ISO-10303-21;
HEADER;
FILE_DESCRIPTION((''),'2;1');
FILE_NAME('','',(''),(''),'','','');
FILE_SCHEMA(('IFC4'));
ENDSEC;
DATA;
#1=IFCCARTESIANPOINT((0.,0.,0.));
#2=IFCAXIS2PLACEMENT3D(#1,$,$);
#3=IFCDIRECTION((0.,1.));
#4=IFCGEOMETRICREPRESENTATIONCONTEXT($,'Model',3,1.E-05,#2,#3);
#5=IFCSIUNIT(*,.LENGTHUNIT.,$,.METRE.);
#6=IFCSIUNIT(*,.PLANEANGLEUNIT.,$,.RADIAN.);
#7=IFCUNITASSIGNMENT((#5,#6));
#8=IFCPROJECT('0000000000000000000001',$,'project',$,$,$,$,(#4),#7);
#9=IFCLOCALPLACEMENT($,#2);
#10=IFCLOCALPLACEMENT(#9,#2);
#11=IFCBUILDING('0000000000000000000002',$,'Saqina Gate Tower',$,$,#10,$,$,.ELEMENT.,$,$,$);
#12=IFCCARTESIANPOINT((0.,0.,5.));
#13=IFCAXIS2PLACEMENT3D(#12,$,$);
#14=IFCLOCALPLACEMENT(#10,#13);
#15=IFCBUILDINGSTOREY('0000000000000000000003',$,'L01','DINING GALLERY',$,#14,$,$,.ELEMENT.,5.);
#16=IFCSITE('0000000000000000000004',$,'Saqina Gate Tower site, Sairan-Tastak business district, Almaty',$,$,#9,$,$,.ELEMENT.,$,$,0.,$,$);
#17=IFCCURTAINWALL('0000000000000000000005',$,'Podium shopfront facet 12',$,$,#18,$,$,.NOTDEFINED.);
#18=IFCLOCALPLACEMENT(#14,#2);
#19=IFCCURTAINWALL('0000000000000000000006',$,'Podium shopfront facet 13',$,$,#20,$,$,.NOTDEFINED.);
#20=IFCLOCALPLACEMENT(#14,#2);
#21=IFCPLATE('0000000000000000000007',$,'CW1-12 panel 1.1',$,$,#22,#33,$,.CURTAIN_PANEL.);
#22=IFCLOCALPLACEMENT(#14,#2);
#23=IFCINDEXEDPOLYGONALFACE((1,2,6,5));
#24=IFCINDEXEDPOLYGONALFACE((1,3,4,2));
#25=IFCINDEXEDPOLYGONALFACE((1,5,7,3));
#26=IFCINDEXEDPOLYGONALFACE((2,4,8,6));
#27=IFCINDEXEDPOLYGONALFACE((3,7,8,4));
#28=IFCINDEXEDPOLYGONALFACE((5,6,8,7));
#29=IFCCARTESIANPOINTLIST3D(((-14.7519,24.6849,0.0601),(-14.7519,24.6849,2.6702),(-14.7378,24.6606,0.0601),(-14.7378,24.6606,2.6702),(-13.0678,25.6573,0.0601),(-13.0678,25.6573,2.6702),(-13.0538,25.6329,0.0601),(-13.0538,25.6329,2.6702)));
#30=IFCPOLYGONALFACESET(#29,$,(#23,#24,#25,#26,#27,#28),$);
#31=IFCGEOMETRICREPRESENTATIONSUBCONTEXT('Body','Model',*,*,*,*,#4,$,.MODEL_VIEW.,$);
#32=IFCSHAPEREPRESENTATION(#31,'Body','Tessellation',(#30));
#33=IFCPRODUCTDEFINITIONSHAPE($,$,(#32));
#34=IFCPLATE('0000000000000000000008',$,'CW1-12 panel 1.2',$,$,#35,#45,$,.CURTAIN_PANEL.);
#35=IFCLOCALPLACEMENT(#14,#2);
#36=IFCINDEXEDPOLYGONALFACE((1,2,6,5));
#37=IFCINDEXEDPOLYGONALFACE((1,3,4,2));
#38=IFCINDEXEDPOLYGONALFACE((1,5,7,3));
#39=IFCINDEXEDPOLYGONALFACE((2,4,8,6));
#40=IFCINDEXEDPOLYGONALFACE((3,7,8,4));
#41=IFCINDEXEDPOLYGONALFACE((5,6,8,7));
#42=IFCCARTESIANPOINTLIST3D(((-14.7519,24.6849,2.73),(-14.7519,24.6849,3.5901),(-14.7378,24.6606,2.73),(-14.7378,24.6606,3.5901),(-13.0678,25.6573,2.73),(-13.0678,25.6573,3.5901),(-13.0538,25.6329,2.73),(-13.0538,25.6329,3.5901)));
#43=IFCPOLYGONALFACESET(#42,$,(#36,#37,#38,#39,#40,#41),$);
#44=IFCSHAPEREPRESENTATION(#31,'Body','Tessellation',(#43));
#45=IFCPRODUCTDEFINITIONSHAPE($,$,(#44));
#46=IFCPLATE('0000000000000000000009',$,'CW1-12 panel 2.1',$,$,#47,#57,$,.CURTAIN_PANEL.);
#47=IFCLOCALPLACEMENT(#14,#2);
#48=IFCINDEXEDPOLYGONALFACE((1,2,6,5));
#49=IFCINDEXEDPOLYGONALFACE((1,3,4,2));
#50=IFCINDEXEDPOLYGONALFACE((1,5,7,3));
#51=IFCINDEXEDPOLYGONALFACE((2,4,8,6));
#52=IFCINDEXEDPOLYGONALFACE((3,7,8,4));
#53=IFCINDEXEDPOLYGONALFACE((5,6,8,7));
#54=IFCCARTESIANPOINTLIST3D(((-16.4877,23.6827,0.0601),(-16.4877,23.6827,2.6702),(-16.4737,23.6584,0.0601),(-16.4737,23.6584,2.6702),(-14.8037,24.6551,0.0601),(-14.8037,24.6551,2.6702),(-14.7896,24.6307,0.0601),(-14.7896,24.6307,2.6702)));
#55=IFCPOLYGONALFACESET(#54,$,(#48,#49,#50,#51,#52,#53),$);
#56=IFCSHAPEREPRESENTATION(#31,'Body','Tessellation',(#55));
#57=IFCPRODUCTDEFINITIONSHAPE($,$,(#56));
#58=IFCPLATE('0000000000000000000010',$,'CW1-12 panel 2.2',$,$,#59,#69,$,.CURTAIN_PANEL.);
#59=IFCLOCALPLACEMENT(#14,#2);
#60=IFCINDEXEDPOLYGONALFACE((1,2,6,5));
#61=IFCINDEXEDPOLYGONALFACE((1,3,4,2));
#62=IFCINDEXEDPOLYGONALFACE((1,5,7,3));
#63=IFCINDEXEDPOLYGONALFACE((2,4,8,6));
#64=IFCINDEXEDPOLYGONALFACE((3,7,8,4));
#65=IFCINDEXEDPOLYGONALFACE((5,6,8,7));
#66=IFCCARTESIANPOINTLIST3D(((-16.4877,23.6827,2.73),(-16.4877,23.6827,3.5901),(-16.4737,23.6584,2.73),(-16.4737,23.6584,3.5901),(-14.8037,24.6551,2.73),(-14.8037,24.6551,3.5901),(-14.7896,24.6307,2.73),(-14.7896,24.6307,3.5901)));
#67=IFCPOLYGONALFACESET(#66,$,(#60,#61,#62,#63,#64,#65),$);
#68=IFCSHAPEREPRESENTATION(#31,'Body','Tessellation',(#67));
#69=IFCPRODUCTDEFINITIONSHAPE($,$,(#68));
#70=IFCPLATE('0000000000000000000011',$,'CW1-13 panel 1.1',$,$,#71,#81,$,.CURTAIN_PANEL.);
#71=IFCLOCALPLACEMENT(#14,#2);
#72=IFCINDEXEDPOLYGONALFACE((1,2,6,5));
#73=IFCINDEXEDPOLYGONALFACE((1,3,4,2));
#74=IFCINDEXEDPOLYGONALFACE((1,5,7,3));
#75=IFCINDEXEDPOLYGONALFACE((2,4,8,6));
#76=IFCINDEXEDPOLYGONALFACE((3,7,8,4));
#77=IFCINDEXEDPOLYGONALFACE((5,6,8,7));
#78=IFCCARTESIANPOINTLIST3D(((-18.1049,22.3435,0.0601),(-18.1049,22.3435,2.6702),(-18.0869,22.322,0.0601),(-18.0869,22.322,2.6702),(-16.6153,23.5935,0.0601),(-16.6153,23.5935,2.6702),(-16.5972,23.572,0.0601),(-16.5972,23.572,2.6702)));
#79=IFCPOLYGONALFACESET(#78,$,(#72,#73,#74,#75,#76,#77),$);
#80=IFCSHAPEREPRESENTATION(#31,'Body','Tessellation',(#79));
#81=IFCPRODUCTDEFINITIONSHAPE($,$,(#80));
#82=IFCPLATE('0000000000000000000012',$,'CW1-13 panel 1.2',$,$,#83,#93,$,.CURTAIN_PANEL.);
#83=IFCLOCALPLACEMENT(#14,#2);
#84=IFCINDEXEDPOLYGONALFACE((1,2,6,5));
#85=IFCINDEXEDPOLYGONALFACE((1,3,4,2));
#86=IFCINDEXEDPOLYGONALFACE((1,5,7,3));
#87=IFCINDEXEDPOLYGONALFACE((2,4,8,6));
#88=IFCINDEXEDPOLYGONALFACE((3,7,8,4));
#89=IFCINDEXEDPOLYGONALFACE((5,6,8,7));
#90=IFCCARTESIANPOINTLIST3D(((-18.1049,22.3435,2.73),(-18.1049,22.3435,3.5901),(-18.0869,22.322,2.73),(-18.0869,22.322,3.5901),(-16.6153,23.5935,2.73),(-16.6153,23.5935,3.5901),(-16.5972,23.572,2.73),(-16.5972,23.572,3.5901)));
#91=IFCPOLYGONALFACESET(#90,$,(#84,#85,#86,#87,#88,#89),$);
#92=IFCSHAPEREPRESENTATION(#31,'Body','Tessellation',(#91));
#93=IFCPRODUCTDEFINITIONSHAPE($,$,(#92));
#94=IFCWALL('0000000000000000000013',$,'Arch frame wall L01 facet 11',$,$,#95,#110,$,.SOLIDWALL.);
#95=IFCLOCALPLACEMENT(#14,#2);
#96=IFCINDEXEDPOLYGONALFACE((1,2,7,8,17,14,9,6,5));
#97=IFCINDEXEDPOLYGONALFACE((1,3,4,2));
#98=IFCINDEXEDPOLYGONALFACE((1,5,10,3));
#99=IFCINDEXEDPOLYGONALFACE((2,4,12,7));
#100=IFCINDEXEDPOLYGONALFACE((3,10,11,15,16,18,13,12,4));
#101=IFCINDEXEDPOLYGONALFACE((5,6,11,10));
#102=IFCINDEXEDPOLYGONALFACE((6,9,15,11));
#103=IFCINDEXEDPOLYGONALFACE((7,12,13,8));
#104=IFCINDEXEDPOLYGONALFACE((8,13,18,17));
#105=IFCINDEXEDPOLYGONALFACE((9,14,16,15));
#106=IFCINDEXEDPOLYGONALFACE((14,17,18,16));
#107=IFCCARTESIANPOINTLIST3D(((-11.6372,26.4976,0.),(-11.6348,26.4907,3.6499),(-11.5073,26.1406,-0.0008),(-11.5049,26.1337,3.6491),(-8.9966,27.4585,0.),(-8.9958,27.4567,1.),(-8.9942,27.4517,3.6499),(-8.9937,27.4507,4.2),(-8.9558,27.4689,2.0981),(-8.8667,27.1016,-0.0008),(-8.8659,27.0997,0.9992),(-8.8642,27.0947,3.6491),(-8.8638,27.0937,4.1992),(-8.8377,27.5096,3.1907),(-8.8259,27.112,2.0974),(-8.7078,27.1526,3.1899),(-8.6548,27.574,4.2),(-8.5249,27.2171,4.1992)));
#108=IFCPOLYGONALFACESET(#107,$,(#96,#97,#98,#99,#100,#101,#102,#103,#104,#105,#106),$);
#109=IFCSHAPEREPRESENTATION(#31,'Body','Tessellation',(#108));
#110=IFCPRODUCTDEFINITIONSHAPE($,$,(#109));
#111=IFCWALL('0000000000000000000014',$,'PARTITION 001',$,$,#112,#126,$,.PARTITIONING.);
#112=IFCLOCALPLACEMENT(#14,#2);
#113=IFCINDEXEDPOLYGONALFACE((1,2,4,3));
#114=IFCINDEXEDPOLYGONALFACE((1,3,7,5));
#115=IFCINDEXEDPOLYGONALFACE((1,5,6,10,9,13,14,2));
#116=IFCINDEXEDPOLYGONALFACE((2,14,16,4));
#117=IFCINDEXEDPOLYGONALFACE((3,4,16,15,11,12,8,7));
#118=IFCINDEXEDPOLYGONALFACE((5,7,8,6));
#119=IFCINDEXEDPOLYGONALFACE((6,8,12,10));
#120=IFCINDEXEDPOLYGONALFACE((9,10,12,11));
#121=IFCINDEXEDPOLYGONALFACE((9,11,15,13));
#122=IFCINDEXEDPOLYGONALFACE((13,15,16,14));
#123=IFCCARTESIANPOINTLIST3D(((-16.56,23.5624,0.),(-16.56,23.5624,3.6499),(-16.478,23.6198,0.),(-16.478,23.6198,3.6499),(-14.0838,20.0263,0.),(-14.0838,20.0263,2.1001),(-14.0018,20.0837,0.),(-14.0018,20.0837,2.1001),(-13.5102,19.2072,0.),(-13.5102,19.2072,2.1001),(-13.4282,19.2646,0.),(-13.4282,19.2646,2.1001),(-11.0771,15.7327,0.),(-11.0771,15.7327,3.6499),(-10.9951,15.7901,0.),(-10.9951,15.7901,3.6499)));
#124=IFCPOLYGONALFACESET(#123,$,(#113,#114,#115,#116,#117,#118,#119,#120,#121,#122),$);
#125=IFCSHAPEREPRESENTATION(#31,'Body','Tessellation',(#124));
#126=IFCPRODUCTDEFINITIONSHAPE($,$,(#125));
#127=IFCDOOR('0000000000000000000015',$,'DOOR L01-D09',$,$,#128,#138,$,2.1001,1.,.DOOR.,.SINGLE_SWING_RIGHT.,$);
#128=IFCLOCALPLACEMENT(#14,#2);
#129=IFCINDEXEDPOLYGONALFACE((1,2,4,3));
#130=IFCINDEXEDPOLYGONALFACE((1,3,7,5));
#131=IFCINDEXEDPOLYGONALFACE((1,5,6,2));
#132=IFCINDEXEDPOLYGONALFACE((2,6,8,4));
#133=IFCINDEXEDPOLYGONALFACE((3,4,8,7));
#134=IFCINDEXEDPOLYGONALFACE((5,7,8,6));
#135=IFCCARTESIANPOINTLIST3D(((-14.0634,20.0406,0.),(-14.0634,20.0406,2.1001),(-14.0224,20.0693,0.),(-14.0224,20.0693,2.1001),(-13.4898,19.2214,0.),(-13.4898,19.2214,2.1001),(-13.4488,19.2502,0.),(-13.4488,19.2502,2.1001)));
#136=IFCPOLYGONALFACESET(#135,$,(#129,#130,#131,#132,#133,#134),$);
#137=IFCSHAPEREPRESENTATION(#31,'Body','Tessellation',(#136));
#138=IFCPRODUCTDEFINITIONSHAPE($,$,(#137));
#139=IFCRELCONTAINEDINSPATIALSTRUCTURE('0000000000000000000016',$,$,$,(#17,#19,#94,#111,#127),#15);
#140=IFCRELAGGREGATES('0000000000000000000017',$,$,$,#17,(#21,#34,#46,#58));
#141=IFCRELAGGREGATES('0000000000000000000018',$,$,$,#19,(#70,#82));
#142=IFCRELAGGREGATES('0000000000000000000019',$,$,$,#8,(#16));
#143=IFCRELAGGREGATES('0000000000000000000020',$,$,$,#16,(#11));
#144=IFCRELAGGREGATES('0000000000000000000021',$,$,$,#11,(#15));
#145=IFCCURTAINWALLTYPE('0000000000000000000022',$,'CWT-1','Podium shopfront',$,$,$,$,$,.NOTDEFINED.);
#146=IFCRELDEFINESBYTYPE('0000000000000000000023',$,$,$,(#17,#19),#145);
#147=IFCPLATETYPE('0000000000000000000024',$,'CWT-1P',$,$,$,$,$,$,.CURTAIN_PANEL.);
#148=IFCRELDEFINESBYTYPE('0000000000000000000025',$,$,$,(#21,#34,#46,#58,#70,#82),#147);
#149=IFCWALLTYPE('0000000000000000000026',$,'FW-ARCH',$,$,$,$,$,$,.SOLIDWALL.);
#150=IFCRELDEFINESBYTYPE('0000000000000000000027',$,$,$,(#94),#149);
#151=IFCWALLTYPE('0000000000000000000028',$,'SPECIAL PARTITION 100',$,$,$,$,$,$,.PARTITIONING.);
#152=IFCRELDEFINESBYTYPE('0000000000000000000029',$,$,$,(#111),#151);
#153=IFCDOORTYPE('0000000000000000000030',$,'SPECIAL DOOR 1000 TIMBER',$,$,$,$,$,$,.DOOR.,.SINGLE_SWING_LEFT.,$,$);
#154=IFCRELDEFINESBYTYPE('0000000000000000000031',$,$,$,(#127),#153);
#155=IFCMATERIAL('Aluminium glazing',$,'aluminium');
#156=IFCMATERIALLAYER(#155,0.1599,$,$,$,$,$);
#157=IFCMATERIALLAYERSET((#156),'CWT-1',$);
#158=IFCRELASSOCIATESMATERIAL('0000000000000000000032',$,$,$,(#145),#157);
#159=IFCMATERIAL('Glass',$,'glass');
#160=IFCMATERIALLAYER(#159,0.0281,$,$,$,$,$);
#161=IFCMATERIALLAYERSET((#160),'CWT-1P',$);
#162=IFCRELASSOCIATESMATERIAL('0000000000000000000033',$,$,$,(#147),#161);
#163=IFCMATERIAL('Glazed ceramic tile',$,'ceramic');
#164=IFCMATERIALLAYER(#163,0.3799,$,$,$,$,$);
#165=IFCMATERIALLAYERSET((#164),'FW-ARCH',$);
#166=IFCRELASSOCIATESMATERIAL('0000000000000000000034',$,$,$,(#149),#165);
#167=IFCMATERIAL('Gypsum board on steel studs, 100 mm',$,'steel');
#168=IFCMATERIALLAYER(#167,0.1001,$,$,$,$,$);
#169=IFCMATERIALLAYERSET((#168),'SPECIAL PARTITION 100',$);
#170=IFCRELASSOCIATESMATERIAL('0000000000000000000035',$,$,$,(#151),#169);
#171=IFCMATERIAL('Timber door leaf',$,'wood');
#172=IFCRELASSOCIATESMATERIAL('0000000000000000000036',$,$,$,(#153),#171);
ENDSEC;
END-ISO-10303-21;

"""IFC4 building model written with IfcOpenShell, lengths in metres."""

from ifc_helpers import new_model, si_unit, direction, frame, frame_2d, origin, origin_2d, place, context, subcontext, project, spatial, polyline, rectangle, outline, extrude, material, layer, layer_set, type_object, element, fill, aggregate, save


model = new_model("IFC4")

# Units and contexts
model_context = context("Model", 3, precision=1e-05, world=origin(), true_north=direction((0.0, 1.0)))
body_context = subcontext(model_context, "Body", "Model", "MODEL_VIEW")
ifc_project = project(units=[si_unit("LENGTHUNIT", "METRE"), si_unit("PLANEANGLEUNIT", "RADIAN")], contexts=[model_context])

# Site, building, storey
site_placement = place(None, origin())
site = spatial("IfcSite", under=ifc_project, at=site_placement, Name="Saqina Gate Tower site, Sairan-Tastak business district, Almaty", CompositionType="ELEMENT", RefElevation=0.0)
building_placement = place(site_placement, origin())
building = spatial("IfcBuilding", under=site, at=building_placement, Name="Saqina Gate Tower", CompositionType="ELEMENT")
storey_placement = place(building_placement, frame((0.0, 0.0, 5.0)))
storey = spatial("IfcBuildingStorey", under=building, at=storey_placement, Name="L01", Description="DINING GALLERY", CompositionType="ELEMENT", Elevation=5.0)

# Curtain wall
ifc_material_1 = material(Name="Aluminium glazing", Category="aluminium")
ifc_layer_1 = layer(ifc_material_1, 0.1599)
ifc_layer_set_1 = layer_set([ifc_layer_1], Name="CWT-1")
curtain_wall_type = type_object("IfcCurtainWallType", Name="CWT-1", Description="Podium shopfront", PredefinedType="NOTDEFINED", material=ifc_layer_set_1)
curtain_wall_1_placement = place(storey_placement, origin())
curtain_wall_1 = element("IfcCurtainWall", 1, at=curtain_wall_1_placement, inside=storey, type_object=curtain_wall_type, Name="Podium shopfront facet 12", PredefinedType="NOTDEFINED")

# Curtain wall
curtain_wall_2_placement = place(storey_placement, origin())
curtain_wall_2 = element("IfcCurtainWall", 2, at=curtain_wall_2_placement, inside=storey, type_object=curtain_wall_type, Name="Podium shopfront facet 13", PredefinedType="NOTDEFINED")

# Plates
ifc_material_2 = material(Name="Glass", Category="glass")
ifc_layer_2 = layer(ifc_material_2, 0.0281)
ifc_layer_set_2 = layer_set([ifc_layer_2], Name="CWT-1P")
plate_type = type_object("IfcPlateType", Name="CWT-1P", PredefinedType="CURTAIN_PANEL", material=ifc_layer_set_2)
plate_1_placement = place(storey_placement, frame((-13.9028, 25.1589, 0.0601), z_axis=(0.0, 0.0, 1.0), x_axis=(-0.866017, -0.500014, 0.0)))
plate_1 = element("IfcPlate", 3, at=plate_1_placement, type_object=plate_type, Name="CW1-12 panel 1.1", PredefinedType="CURTAIN_PANEL", context=body_context, shape_type="SweptSolid", body=[
    extrude(rectangle(XDim=1.9446, YDim=0.0281, at=origin_2d()), origin(), (0.0, 0.0, 1.0), 2.6101),
])
plate_2_placement = place(storey_placement, frame((-13.9028, 25.1589, 2.73), z_axis=(0.0, 0.0, 1.0), x_axis=(-0.866017, -0.500014, 0.0)))
plate_2 = element("IfcPlate", 4, at=plate_2_placement, type_object=plate_type, Name="CW1-12 panel 1.2", PredefinedType="CURTAIN_PANEL", context=body_context, shape_type="SweptSolid", body=[
    extrude(rectangle(XDim=1.9446, YDim=0.0281, at=origin_2d()), origin(), (0.0, 0.0, 1.0), 0.8601),
])
plate_3_placement = place(storey_placement, frame((-15.6387, 24.1567, 0.0601), z_axis=(0.0, 0.0, 1.0), x_axis=(-0.866017, -0.500014, 0.0)))
plate_3 = element("IfcPlate", 5, at=plate_3_placement, type_object=plate_type, Name="CW1-12 panel 2.1", PredefinedType="CURTAIN_PANEL", context=body_context, shape_type="SweptSolid", body=[
    extrude(rectangle(XDim=1.9446, YDim=0.0281, at=origin_2d()), origin(), (0.0, 0.0, 1.0), 2.6101),
])
plate_4_placement = place(storey_placement, frame((-15.6387, 24.1567, 2.73), z_axis=(0.0, 0.0, 1.0), x_axis=(-0.866017, -0.500014, 0.0)))
plate_4 = element("IfcPlate", 6, at=plate_4_placement, type_object=plate_type, Name="CW1-12 panel 2.2", PredefinedType="CURTAIN_PANEL", context=body_context, shape_type="SweptSolid", body=[
    extrude(rectangle(XDim=1.9446, YDim=0.0281, at=origin_2d()), origin(), (0.0, 0.0, 1.0), 0.8601),
])
aggregate(curtain_wall_1, [plate_1, plate_2, plate_3, plate_4])
plate_5_placement = place(storey_placement, frame((-17.3511, 22.9578, 0.0601), z_axis=(0.0, 0.0, 1.0), x_axis=(-0.766051, -0.642779, 0.0)))
plate_5 = element("IfcPlate", 7, at=plate_5_placement, type_object=plate_type, Name="CW1-13 panel 1.1", PredefinedType="CURTAIN_PANEL", context=body_context, shape_type="SweptSolid", body=[
    extrude(rectangle(XDim=1.9446, YDim=0.0281, at=origin_2d()), origin(), (0.0, 0.0, 1.0), 2.6101),
])
plate_6_placement = place(storey_placement, frame((-17.3511, 22.9578, 2.73), z_axis=(0.0, 0.0, 1.0), x_axis=(-0.766051, -0.642779, 0.0)))
plate_6 = element("IfcPlate", 8, at=plate_6_placement, type_object=plate_type, Name="CW1-13 panel 1.2", PredefinedType="CURTAIN_PANEL", context=body_context, shape_type="SweptSolid", body=[
    extrude(rectangle(XDim=1.9446, YDim=0.0281, at=origin_2d()), origin(), (0.0, 0.0, 1.0), 0.8601),
])
aggregate(curtain_wall_2, [plate_5, plate_6])

# Wall
ifc_material_3 = material(Name="Glazed ceramic tile", Category="ceramic")
ifc_layer_3 = layer(ifc_material_3, 0.3799)
ifc_layer_set_3 = layer_set([ifc_layer_3], Name="FW-ARCH")
wall_type_1 = type_object("IfcWallType", Name="FW-ARCH", PredefinedType="SOLIDWALL", material=ifc_layer_set_3)
wall_1_placement = place(storey_placement, frame((-11.6372, 26.4976, 0.0), z_axis=(-0.341981, 0.939705, 0.001989), x_axis=(0.939707, 0.341982, 0.0)))
element("IfcWall", 9, at=wall_1_placement, inside=storey, type_object=wall_type_1, Name="Arch frame wall L01 facet 11", PredefinedType="SOLIDWALL", context=body_context, shape_type="SweptSolid", body=[
    extrude(outline(polyline([(0.0, 0.0), (2.81, 0.0), (2.8101, -1.0), (2.8519, -2.0981), (2.9768, -3.1907), (3.1707, -4.2), (2.8101, -4.2), (2.81, -3.6499), (0.0, -3.6499), (0.0, 0.0)])), origin(), (0.0, 0.0, -1.0), 0.3799),
])

# Wall, opening, door
ifc_material_4 = material(Name="Gypsum board on steel studs, 100 mm", Category="steel")
ifc_layer_4 = layer(ifc_material_4, 0.1001)
ifc_layer_set_4 = layer_set([ifc_layer_4], Name="SPECIAL PARTITION 100")
wall_type_2 = type_object("IfcWallType", Name="SPECIAL PARTITION 100", PredefinedType="PARTITIONING", material=ifc_layer_set_4)
wall_2_placement = place(storey_placement, frame((-16.519, 23.5911, 0.0), z_axis=(0.0, 0.0, 1.0), x_axis=(0.573617, -0.819124, 0.0)))
wall_2 = element("IfcWall", 10, at=wall_2_placement, inside=storey, type_object=wall_type_2, Name="PARTITION 001", PredefinedType="PARTITIONING", context=body_context, shape_type="SweptSolid", body=[
    extrude(rectangle(XDim=9.5586, YDim=0.1001, at=frame_2d((4.7793, 0.0))), origin(), (0.0, 0.0, 1.0), 3.6499),
])
opening_placement = place(wall_2_placement, frame((4.3169, 0.0, 0.0)))
opening = element("IfcOpeningElement", 11, at=opening_placement, cuts=wall_2, PredefinedType="OPENING", context=body_context, shape_type="SweptSolid", body=[
    extrude(rectangle(XDim=1.0, YDim=2.1001, at=frame_2d((0.5, 1.05))), frame((0.0, 0.062, 0.0), z_axis=(0.0, -1.0, 0.0), x_axis=(1.0, 0.0, 0.0)), (0.0, 0.0, 1.0), 0.124),
])
ifc_material_5 = material(Name="Timber door leaf", Category="wood")
door_type = type_object("IfcDoorType", Name="SPECIAL DOOR 1000 TIMBER", OperationType="SINGLE_SWING_LEFT", PredefinedType="DOOR", material=ifc_material_5)
door_placement = place(opening_placement, origin())
door = element("IfcDoor", 12, at=door_placement, inside=storey, type_object=door_type, Name="DOOR L01-D09", OperationType="SINGLE_SWING_RIGHT", OverallHeight=2.1001, OverallWidth=1.0, PredefinedType="DOOR", context=body_context, shape_type="SweptSolid", body=[
    extrude(rectangle(XDim=1.0, YDim=2.1001, at=frame_2d((0.5, 1.05))), frame((0.0, 0.0249, 0.0), z_axis=(0.0, -1.0, 0.0), x_axis=(1.0, 0.0, 0.0)), (0.0, 0.0, 1.0), 0.05),
])
fill(opening, door)

save(model, "model.ifc")
